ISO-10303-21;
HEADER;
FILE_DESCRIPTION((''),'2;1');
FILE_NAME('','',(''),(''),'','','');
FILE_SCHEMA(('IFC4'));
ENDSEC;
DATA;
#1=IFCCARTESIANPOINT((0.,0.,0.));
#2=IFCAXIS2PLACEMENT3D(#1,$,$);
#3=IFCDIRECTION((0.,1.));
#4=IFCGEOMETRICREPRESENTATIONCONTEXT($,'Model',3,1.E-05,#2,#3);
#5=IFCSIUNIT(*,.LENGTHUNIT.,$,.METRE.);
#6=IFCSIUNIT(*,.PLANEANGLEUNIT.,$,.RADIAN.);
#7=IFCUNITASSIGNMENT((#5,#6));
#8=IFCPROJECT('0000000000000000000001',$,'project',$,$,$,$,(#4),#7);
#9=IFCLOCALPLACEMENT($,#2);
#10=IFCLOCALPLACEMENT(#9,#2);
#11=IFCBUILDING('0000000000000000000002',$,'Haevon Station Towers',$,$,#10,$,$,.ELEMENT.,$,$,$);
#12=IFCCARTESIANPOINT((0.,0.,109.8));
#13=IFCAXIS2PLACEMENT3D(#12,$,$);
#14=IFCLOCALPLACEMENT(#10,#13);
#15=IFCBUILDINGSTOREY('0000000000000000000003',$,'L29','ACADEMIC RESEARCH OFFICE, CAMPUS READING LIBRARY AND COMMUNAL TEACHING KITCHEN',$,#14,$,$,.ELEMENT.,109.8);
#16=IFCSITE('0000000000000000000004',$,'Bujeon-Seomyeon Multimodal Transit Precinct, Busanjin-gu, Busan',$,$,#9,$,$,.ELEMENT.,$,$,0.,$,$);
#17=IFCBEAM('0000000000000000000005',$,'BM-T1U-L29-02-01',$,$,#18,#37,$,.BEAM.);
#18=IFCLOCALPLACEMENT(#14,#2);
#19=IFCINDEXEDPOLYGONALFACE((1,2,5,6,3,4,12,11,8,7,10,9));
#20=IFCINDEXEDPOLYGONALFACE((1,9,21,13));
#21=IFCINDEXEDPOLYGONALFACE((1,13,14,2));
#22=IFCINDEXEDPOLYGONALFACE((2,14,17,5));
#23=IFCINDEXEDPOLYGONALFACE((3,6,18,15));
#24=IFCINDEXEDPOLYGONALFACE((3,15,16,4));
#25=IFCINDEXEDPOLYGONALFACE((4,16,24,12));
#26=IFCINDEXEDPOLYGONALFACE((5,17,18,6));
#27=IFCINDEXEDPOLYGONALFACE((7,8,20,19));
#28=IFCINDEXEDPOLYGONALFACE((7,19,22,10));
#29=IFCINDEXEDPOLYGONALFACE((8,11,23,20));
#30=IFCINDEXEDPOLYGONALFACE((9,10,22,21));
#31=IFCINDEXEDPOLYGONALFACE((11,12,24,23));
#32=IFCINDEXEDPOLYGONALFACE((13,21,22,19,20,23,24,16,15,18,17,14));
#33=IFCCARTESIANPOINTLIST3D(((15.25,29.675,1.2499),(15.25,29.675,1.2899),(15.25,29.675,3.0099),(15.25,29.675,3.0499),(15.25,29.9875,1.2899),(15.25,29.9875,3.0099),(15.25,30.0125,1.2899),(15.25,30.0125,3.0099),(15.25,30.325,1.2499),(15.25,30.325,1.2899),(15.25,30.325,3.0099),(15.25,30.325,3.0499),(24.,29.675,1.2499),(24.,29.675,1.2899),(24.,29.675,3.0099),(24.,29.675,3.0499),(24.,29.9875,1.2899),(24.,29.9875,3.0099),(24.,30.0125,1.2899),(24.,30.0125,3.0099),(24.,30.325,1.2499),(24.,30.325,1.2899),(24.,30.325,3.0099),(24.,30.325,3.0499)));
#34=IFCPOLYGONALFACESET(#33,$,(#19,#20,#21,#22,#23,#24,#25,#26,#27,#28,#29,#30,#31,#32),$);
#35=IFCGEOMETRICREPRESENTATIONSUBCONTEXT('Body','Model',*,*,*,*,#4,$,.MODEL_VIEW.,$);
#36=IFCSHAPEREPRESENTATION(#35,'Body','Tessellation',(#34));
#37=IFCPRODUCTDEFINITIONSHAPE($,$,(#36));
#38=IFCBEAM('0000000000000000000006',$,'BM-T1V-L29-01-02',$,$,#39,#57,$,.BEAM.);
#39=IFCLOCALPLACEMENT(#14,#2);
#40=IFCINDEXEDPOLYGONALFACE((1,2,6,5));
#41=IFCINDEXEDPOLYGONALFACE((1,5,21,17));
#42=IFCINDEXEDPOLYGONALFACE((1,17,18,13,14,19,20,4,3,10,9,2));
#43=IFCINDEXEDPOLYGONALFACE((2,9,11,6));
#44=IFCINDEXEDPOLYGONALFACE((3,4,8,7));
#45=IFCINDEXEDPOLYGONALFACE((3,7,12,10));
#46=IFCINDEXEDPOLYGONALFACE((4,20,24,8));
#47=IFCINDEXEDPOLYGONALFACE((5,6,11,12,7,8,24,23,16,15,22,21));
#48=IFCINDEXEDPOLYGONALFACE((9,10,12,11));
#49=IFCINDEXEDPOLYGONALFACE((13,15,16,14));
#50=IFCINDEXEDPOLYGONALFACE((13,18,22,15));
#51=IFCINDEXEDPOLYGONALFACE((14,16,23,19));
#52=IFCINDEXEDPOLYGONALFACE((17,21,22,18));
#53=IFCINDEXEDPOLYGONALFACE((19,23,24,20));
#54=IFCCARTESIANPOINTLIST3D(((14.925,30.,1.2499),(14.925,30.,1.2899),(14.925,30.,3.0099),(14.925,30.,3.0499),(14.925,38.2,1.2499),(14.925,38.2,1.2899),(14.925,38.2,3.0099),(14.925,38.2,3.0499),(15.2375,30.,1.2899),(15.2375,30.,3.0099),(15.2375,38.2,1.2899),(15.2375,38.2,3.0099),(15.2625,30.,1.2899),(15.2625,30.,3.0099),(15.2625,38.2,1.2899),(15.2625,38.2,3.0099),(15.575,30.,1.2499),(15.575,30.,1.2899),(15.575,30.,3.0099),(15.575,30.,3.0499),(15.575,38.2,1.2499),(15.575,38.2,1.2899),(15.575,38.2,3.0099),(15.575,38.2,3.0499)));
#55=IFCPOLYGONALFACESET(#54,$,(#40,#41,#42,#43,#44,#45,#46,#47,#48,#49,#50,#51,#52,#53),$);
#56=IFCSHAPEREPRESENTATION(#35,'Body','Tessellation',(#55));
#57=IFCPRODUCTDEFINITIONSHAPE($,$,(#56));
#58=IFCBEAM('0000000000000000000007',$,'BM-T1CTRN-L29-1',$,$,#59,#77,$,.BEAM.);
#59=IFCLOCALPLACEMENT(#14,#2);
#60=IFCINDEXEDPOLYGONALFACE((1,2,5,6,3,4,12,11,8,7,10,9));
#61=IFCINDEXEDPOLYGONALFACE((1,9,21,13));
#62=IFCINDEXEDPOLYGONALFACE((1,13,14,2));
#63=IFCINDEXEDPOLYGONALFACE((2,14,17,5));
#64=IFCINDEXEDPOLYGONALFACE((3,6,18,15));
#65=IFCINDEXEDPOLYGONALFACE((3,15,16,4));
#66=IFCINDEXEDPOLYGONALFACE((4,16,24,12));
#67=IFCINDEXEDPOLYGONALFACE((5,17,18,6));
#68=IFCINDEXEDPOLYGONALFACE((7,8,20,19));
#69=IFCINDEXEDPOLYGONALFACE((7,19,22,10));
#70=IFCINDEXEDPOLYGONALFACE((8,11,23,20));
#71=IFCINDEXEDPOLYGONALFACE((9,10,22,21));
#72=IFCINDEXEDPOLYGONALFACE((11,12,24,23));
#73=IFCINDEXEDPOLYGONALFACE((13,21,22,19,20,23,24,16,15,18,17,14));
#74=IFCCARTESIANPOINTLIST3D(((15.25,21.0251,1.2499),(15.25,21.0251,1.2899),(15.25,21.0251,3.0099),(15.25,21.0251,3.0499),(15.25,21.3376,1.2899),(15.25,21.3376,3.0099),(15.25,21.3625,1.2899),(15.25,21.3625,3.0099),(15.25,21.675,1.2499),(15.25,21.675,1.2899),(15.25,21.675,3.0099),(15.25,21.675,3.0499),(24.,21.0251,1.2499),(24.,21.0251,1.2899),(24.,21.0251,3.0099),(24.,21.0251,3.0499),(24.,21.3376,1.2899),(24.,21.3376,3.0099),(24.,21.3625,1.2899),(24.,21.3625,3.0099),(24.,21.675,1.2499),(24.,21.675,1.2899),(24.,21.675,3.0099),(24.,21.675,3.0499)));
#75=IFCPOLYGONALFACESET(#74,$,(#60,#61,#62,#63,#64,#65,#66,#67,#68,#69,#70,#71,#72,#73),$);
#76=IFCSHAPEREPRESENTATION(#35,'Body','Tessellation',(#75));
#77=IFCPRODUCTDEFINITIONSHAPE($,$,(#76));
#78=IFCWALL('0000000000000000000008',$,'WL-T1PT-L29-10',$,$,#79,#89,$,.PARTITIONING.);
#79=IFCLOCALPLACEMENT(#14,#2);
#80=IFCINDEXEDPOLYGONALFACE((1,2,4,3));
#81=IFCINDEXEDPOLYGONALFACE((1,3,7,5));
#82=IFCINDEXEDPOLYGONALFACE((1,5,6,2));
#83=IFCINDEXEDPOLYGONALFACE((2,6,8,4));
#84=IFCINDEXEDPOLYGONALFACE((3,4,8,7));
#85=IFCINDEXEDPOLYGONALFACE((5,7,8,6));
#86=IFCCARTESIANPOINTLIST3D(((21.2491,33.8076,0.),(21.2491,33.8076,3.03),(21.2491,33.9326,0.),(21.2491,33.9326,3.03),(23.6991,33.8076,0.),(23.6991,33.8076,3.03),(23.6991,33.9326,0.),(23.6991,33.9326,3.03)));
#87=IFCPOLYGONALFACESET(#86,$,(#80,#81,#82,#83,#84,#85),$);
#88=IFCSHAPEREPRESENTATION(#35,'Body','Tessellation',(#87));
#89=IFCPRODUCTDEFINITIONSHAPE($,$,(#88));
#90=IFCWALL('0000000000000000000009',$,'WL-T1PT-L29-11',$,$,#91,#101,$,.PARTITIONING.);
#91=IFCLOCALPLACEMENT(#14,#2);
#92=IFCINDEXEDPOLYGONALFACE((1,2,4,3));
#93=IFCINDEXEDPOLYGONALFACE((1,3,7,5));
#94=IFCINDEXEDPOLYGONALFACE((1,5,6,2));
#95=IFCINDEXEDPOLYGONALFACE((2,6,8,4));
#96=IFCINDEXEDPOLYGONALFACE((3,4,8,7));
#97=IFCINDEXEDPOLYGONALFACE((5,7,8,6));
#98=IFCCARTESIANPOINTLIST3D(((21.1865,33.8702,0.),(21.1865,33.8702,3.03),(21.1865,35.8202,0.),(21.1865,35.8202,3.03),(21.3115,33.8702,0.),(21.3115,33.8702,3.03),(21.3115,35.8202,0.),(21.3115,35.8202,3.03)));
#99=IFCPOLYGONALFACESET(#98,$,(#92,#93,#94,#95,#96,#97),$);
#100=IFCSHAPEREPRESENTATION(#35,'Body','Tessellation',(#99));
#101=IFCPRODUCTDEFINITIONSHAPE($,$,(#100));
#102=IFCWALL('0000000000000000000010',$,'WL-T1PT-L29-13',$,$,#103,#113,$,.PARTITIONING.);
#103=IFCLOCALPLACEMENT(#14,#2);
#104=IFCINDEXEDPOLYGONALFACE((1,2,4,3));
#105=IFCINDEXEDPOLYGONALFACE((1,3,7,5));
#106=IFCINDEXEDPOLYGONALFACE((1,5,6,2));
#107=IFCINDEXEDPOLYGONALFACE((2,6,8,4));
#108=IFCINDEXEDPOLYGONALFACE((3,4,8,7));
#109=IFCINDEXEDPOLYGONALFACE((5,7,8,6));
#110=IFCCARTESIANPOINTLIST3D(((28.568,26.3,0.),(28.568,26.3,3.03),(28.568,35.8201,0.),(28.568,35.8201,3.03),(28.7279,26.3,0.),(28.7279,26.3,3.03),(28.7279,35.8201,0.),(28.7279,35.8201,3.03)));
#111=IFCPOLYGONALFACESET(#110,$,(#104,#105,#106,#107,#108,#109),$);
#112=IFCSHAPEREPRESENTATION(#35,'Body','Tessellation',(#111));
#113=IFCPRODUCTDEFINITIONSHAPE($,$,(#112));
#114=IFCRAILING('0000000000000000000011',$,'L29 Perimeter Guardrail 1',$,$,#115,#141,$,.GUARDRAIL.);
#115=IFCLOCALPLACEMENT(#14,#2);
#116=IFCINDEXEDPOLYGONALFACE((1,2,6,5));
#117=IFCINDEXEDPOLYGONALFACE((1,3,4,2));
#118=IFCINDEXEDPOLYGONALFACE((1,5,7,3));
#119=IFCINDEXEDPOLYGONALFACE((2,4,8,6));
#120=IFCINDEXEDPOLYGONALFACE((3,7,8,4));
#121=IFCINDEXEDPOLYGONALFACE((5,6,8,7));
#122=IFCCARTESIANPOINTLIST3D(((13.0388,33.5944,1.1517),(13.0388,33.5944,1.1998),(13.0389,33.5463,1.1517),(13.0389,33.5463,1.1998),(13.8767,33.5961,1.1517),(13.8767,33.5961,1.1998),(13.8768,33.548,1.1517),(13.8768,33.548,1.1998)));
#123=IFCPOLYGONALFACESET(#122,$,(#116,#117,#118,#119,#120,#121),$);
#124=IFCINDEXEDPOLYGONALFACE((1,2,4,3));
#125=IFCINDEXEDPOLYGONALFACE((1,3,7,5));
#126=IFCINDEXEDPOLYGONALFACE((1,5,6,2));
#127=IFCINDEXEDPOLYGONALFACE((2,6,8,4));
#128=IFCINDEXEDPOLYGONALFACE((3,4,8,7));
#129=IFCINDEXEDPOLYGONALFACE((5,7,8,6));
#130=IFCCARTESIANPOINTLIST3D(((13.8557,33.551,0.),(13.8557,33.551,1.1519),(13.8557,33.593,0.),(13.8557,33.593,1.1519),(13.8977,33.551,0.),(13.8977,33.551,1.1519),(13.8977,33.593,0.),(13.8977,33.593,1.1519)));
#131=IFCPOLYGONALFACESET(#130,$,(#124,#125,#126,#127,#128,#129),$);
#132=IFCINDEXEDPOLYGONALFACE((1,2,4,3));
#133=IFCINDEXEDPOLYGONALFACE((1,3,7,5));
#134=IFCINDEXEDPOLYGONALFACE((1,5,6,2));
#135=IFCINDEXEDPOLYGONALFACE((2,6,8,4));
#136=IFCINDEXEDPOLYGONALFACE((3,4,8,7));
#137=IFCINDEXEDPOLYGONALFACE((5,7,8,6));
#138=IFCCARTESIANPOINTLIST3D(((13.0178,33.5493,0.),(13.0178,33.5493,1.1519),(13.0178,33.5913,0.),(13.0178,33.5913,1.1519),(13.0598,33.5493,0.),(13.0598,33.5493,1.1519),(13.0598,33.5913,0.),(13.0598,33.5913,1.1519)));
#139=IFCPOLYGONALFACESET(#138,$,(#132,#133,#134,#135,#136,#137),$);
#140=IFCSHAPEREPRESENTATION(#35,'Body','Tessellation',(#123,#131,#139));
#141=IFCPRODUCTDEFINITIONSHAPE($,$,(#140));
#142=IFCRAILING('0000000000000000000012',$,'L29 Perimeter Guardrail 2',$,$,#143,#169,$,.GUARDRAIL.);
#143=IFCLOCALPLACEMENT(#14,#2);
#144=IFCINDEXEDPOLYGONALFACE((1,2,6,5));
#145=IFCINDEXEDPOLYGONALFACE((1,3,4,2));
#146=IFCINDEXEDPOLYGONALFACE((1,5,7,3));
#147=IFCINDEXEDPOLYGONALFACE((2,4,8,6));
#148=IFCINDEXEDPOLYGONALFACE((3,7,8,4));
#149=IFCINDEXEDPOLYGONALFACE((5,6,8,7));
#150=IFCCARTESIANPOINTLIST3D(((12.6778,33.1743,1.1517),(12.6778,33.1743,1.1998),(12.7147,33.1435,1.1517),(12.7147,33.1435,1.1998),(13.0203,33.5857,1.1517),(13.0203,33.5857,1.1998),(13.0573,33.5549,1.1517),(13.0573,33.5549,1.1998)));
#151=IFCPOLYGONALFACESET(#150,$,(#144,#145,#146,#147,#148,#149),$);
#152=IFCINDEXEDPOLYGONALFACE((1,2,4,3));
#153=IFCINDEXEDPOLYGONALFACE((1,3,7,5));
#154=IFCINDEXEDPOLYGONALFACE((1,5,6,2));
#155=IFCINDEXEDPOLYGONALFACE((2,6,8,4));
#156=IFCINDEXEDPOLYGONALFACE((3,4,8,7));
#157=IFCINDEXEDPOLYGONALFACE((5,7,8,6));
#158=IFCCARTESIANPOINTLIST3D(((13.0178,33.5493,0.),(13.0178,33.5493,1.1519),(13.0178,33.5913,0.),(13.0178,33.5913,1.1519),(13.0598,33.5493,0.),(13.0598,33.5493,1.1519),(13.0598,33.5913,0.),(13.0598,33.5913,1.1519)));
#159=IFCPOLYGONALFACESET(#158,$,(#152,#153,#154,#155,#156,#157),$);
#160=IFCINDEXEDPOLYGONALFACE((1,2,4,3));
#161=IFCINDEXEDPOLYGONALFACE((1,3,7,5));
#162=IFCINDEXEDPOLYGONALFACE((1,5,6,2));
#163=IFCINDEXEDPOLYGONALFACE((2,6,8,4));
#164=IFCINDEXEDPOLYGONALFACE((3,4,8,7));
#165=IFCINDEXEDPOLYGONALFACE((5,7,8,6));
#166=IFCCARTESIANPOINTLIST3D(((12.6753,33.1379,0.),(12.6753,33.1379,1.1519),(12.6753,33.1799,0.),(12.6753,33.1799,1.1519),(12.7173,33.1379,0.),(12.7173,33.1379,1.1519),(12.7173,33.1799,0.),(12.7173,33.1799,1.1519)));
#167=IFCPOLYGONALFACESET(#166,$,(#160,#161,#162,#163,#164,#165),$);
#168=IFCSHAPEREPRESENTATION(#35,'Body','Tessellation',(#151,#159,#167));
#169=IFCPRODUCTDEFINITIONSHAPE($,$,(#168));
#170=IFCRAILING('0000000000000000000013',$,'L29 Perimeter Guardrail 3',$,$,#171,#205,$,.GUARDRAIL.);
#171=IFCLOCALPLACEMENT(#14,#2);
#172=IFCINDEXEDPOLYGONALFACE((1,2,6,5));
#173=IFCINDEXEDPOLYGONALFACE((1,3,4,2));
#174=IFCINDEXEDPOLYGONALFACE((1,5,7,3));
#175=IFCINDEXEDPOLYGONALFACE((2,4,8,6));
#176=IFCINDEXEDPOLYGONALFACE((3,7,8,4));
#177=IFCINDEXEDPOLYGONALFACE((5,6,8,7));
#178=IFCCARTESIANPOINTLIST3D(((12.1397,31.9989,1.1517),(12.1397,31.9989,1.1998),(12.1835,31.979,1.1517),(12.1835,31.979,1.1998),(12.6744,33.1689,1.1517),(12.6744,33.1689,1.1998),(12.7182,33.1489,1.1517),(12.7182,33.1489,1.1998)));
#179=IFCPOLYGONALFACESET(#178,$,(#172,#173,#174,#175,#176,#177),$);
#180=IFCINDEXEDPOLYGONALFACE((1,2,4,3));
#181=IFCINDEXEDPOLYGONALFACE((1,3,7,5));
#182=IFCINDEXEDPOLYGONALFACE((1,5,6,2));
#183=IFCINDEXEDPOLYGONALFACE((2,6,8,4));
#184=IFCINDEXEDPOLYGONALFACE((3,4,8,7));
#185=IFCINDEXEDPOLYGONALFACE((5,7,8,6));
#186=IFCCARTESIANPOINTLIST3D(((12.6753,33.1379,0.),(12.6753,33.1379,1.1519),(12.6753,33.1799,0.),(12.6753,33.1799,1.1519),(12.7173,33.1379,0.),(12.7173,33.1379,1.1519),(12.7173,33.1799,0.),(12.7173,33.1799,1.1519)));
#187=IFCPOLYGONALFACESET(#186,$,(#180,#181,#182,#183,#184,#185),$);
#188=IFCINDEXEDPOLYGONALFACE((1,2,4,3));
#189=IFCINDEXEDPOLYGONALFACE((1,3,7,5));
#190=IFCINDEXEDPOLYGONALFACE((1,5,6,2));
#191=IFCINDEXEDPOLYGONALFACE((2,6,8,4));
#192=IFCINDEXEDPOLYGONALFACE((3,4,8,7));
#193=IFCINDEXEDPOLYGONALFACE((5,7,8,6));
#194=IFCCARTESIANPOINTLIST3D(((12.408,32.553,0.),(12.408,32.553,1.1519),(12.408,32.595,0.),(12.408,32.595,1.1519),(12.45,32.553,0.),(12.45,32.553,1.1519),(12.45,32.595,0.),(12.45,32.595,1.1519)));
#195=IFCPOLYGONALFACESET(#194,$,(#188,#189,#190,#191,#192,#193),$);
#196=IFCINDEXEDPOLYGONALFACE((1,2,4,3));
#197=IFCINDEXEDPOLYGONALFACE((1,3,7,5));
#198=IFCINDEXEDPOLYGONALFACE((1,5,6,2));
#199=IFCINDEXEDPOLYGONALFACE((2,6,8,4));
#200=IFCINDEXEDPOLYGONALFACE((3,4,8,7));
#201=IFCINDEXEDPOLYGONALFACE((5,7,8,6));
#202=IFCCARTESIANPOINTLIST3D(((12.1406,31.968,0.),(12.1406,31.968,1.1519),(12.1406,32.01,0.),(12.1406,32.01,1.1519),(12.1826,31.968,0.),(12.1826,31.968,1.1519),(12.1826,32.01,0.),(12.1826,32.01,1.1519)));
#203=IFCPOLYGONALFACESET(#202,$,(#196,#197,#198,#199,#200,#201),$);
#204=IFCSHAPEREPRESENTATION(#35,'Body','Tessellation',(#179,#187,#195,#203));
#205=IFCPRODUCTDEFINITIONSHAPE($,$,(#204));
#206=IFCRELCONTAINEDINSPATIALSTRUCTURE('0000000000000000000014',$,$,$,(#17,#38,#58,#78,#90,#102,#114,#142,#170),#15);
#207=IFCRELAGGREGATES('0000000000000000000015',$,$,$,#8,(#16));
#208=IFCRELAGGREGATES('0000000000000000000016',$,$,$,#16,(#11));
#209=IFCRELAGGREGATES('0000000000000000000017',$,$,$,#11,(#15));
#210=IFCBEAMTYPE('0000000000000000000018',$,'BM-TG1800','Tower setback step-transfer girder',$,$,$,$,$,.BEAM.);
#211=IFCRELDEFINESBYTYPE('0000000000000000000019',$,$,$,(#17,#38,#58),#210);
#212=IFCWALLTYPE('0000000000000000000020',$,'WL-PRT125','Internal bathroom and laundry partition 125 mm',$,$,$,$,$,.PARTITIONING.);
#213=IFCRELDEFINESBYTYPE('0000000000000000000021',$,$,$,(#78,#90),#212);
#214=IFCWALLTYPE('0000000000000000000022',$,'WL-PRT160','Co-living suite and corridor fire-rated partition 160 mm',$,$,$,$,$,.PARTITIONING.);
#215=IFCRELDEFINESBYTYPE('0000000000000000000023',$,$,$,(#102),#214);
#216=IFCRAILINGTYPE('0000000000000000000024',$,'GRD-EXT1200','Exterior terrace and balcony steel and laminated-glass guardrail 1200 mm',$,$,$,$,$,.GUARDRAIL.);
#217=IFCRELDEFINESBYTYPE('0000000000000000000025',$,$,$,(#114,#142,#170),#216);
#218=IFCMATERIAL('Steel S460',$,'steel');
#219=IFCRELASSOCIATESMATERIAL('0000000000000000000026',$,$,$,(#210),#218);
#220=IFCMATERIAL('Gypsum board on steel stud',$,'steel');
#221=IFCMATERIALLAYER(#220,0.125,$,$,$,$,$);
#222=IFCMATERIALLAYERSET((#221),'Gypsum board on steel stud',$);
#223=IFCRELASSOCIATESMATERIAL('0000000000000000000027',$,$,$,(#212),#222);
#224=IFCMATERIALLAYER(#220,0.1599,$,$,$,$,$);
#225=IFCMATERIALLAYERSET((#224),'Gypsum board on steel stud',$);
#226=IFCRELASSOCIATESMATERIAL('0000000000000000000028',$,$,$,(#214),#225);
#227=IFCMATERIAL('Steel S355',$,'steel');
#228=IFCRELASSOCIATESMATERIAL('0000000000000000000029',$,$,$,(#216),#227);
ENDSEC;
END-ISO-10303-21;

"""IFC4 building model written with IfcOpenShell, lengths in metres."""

from ifc_helpers import new_model, si_unit, direction, frame, frame_2d, origin, origin_2d, place, context, subcontext, project, spatial, rectangle, i_section, extrude, material, layer, layer_set, material_profile, profile_set, type_object, element, save


model = new_model("IFC4")

# Units and contexts
model_context = context("Model", 3, precision=1e-05, world=origin(), true_north=direction((0.0, 1.0)))
body_context = subcontext(model_context, "Body", "Model", "MODEL_VIEW")
ifc_project = project(units=[si_unit("LENGTHUNIT", "METRE"), si_unit("PLANEANGLEUNIT", "RADIAN")], contexts=[model_context])

# Site, building, storey
site_placement = place(None, origin())
site = spatial("IfcSite", under=ifc_project, at=site_placement, Name="Bujeon-Seomyeon Multimodal Transit Precinct, Busanjin-gu, Busan", CompositionType="ELEMENT", RefElevation=0.0)
building_placement = place(site_placement, origin())
building = spatial("IfcBuilding", under=site, at=building_placement, Name="Haevon Station Towers", CompositionType="ELEMENT")
storey_placement = place(building_placement, frame((0.0, 0.0, 109.8)))
storey = spatial("IfcBuildingStorey", under=building, at=storey_placement, Name="L29", Description="ACADEMIC RESEARCH OFFICE, CAMPUS READING LIBRARY AND COMMUNAL TEACHING KITCHEN", CompositionType="ELEMENT", Elevation=109.8)

# Shared definitions
ifc_material_1 = material(Name="Steel S460", Category="steel")

# Beams
ifc_material_2 = material(Name="Steel S355", Category="steel")
ifc_material_profile_1 = material_profile(ifc_material_1, i_section(OverallWidth=0.6499, OverallDepth=1.8, WebThickness=0.0249, FlangeThickness=0.04, at=origin_2d()), Name="H-1800x650x25x40")
ifc_profile_set_1 = profile_set([ifc_material_profile_1], Name="Steel S460")
beam_type_1 = type_object("IfcBeamType", Name="BM-TG1800", Description="Tower setback step-transfer girder", PredefinedType="BEAM", material=ifc_profile_set_1)
beam_1_placement = place(storey_placement, frame((15.25, 30.0, 2.1499), z_axis=(1.0, 0.0, 0.0), x_axis=(0.0, 1.0, 0.0)))
element("IfcBeam", 1, at=beam_1_placement, inside=storey, type_object=beam_type_1, Name="BM-T1U-L29-02-01", PredefinedType="BEAM", context=body_context, shape_type="SweptSolid", body=[
    extrude(i_section(OverallWidth=0.6499, OverallDepth=1.8, WebThickness=0.0249, FlangeThickness=0.04, at=origin_2d()), origin(), (0.0, 0.0, 1.0), 8.75),
])
beam_2_placement = place(storey_placement, frame((15.25, 30.0, 2.1499), z_axis=(0.0, 1.0, 0.0), x_axis=(-1.0, 0.0, 0.0)))
element("IfcBeam", 2, at=beam_2_placement, inside=storey, type_object=beam_type_1, Name="BM-T1V-L29-01-02", PredefinedType="BEAM", context=body_context, shape_type="SweptSolid", body=[
    extrude(i_section(OverallWidth=0.6499, OverallDepth=1.8, WebThickness=0.0249, FlangeThickness=0.04, at=origin_2d()), origin(), (0.0, 0.0, 1.0), 8.2),
])
beam_3_placement = place(storey_placement, frame((15.25, 21.3501, 2.1499), z_axis=(1.0, 0.0, 0.0), x_axis=(0.0, 1.0, 0.0)))
element("IfcBeam", 3, at=beam_3_placement, inside=storey, type_object=beam_type_1, Name="BM-T1CTRN-L29-1", PredefinedType="BEAM", context=body_context, shape_type="SweptSolid", body=[
    extrude(i_section(OverallWidth=0.6499, OverallDepth=1.8, WebThickness=0.0249, FlangeThickness=0.04, at=origin_2d()), origin(), (0.0, 0.0, 1.0), 8.75),
])

# Walls
ifc_material_3 = material(Name="Gypsum board on steel stud", Category="steel")
ifc_layer_1 = layer(ifc_material_3, 0.125)
ifc_layer_set_1 = layer_set([ifc_layer_1], Name="Gypsum board on steel stud")
wall_type_1 = type_object("IfcWallType", Name="WL-PRT125", Description="Internal bathroom and laundry partition 125 mm", PredefinedType="PARTITIONING", material=ifc_layer_set_1)
wall_1_placement = place(storey_placement, frame((21.249, 33.8701, 0.0), z_axis=(0.0, 0.0, 1.0), x_axis=(1.0, 0.0, 0.0)))
element("IfcWall", 4, at=wall_1_placement, inside=storey, type_object=wall_type_1, Name="WL-T1PT-L29-10", PredefinedType="PARTITIONING", context=body_context, shape_type="SweptSolid", body=[
    extrude(rectangle(XDim=2.45, YDim=0.125, at=frame_2d((1.2251, 0.0))), origin(), (0.0, 0.0, 1.0), 3.03),
])
wall_2_placement = place(storey_placement, frame((21.249, 33.8701, 0.0), z_axis=(0.0, 0.0, 1.0), x_axis=(0.0, 1.0, 0.0)))
element("IfcWall", 5, at=wall_2_placement, inside=storey, type_object=wall_type_1, Name="WL-T1PT-L29-11", PredefinedType="PARTITIONING", context=body_context, shape_type="SweptSolid", body=[
    extrude(rectangle(XDim=1.95, YDim=0.125, at=frame_2d((0.9751, 0.0))), origin(), (0.0, 0.0, 1.0), 3.03),
])
ifc_layer_2 = layer(ifc_material_3, 0.1599)
ifc_layer_set_2 = layer_set([ifc_layer_2], Name="Gypsum board on steel stud")
wall_type_2 = type_object("IfcWallType", Name="WL-PRT160", Description="Co-living suite and corridor fire-rated partition 160 mm", PredefinedType="PARTITIONING", material=ifc_layer_set_2)
wall_3_placement = place(storey_placement, frame((28.6479, 26.3, 0.0), z_axis=(0.0, 0.0, 1.0), x_axis=(0.0, 1.0, 0.0)))
element("IfcWall", 6, at=wall_3_placement, inside=storey, type_object=wall_type_2, Name="WL-T1PT-L29-13", PredefinedType="PARTITIONING", context=body_context, shape_type="SweptSolid", body=[
    extrude(rectangle(XDim=9.52, YDim=0.1599, at=frame_2d((4.76, 0.0))), origin(), (0.0, 0.0, 1.0), 3.03),
])

# Railings
railing_type = type_object("IfcRailingType", Name="GRD-EXT1200", Description="Exterior terrace and balcony steel and laminated-glass guardrail 1200 mm", PredefinedType="GUARDRAIL", material=ifc_material_2)
railing_1_placement = place(storey_placement, frame((13.8767, 33.572, 0.0)))
element("IfcRailing", 7, at=railing_1_placement, inside=storey, type_object=railing_type, Name="L29 Perimeter Guardrail 1", PredefinedType="GUARDRAIL", context=body_context, shape_type="SweptSolid", body=[
    extrude(rectangle(XDim=0.0481, YDim=0.0481, at=origin_2d()), frame((0.0, 0.0, 1.1758), z_axis=(-0.999998, -0.00204, 0.0), x_axis=(0.00204, -0.999998, 0.0)), (0.0, 0.0, 1.0), 0.8379),
    extrude(rectangle(XDim=0.042, YDim=0.042, at=origin_2d()), origin(), (0.0, 0.0, 1.0), 1.1519),
    extrude(rectangle(XDim=0.042, YDim=0.042, at=origin_2d()), frame((-0.8379, -0.0017, 0.0)), (0.0, 0.0, 1.0), 1.1519),
])
railing_2_placement = place(storey_placement, frame((13.0388, 33.5703, 0.0)))
element("IfcRailing", 8, at=railing_2_placement, inside=storey, type_object=railing_type, Name="L29 Perimeter Guardrail 2", PredefinedType="GUARDRAIL", context=body_context, shape_type="SweptSolid", body=[
    extrude(rectangle(XDim=0.0481, YDim=0.0481, at=origin_2d()), frame((0.0, 0.0, 1.1758), z_axis=(-0.63987, -0.768483, 0.0), x_axis=(0.768483, -0.63987, 0.0)), (0.0, 0.0, 1.0), 0.5354),
    extrude(rectangle(XDim=0.042, YDim=0.042, at=origin_2d()), origin(), (0.0, 0.0, 1.0), 1.1519),
    extrude(rectangle(XDim=0.042, YDim=0.042, at=origin_2d()), frame((-0.3425, -0.4114, 0.0)), (0.0, 0.0, 1.0), 1.1519),
])
railing_3_placement = place(storey_placement, frame((12.6963, 33.1589, 0.0)))
element("IfcRailing", 9, at=railing_3_placement, inside=storey, type_object=railing_type, Name="L29 Perimeter Guardrail 3", PredefinedType="GUARDRAIL", context=body_context, shape_type="SweptSolid", body=[
    extrude(rectangle(XDim=0.0481, YDim=0.0481, at=origin_2d()), frame((0.0, 0.0, 1.1758), z_axis=(-0.415661, -0.90952, 0.0), x_axis=(0.90952, -0.415661, 0.0)), (0.0, 0.0, 1.0), 1.2864),
    extrude(rectangle(XDim=0.042, YDim=0.042, at=origin_2d()), origin(), (0.0, 0.0, 1.0), 1.1519),
    extrude(rectangle(XDim=0.042, YDim=0.042, at=origin_2d()), frame((-0.2673, -0.585, 0.0)), (0.0, 0.0, 1.0), 1.1519),
    extrude(rectangle(XDim=0.042, YDim=0.042, at=origin_2d()), frame((-0.5347, -1.1699, 0.0)), (0.0, 0.0, 1.0), 1.1519),
])

save(model, "model.ifc")
